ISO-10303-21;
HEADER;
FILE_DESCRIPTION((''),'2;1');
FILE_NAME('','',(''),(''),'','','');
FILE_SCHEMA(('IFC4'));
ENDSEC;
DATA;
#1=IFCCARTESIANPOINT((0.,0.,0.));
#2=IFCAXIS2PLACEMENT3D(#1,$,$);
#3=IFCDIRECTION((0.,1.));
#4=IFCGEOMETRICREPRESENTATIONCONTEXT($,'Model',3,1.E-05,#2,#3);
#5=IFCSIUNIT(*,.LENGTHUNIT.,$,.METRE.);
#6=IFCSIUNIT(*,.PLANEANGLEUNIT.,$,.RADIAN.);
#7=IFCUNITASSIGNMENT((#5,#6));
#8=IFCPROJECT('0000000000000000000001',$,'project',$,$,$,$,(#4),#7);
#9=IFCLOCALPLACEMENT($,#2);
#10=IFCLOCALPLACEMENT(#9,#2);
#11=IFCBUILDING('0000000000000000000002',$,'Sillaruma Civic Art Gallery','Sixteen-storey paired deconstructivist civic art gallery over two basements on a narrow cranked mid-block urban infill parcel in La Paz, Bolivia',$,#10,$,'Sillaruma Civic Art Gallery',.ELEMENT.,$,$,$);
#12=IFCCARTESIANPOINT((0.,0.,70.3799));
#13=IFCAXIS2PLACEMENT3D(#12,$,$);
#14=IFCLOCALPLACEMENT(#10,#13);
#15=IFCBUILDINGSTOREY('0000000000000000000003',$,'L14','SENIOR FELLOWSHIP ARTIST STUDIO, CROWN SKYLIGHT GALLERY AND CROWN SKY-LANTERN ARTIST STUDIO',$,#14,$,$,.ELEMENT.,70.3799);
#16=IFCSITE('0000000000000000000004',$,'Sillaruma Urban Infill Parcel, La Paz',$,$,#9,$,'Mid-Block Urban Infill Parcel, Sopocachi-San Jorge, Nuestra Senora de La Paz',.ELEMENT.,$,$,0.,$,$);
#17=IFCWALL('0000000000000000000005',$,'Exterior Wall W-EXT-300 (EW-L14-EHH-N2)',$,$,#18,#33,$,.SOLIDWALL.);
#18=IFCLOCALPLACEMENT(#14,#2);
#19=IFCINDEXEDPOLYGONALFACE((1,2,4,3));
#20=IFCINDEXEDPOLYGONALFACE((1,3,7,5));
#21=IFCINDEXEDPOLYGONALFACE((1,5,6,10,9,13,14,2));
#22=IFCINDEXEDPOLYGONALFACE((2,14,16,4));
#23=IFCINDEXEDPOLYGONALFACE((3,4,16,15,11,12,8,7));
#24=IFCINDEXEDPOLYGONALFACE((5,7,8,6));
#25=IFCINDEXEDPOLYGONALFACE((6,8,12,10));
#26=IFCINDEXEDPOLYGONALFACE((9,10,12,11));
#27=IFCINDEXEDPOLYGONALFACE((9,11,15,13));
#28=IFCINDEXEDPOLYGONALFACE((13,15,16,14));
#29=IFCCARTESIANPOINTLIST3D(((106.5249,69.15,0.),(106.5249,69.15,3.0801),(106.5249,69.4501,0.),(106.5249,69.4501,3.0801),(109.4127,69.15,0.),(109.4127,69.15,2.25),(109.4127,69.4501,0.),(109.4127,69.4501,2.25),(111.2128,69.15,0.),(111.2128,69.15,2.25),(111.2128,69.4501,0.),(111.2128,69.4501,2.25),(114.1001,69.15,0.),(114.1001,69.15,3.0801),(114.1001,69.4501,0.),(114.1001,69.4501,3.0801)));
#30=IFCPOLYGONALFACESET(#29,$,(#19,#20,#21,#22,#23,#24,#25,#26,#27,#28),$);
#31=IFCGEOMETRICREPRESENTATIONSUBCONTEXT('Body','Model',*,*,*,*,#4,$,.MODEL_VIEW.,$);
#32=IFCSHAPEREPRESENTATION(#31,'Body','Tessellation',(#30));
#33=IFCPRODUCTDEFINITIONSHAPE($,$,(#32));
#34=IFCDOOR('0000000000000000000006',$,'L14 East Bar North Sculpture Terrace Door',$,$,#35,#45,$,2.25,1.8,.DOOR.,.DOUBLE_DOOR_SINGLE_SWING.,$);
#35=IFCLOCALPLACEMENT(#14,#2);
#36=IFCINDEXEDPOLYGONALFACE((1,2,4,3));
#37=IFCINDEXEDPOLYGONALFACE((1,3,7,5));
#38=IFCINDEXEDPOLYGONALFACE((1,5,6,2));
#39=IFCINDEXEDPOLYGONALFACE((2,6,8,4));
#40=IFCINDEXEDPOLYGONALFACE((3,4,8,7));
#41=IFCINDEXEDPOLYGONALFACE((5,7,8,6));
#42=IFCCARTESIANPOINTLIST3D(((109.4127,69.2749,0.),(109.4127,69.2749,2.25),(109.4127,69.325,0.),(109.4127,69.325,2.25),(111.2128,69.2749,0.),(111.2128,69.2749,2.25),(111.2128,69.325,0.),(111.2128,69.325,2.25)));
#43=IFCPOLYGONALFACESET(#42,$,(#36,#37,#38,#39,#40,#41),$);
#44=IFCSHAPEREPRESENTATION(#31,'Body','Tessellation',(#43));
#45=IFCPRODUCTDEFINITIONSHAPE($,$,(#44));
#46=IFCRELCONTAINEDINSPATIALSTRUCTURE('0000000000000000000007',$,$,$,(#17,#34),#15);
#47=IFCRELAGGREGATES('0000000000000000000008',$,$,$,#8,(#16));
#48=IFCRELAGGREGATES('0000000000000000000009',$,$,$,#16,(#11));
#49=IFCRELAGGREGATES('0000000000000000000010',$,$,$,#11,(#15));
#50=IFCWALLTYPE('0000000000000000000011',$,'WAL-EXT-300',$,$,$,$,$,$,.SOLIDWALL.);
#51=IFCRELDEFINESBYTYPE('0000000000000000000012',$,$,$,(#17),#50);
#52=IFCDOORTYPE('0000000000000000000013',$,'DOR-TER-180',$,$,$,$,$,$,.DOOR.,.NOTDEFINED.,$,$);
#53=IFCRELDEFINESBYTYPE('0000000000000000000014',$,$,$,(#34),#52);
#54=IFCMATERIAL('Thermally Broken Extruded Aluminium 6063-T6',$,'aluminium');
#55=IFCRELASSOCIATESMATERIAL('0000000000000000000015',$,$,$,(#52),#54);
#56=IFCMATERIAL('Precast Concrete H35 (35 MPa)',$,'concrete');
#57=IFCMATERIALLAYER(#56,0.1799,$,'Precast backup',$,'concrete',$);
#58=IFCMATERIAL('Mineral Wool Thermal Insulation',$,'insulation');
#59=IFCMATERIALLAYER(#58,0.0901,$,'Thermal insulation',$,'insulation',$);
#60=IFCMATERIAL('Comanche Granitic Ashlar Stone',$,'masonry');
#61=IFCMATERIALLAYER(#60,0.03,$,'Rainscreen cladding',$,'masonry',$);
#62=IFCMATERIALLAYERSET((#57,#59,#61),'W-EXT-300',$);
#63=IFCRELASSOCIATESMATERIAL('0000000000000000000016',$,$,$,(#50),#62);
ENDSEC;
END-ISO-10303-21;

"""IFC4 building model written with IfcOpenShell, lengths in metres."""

from ifc_helpers import new_model, si_unit, direction, frame, frame_2d, origin, place, context, subcontext, project, spatial, rectangle, extrude, material, layer, layer_set, type_object, element, fill, save


model = new_model("IFC4")

# Units and contexts
model_context = context("Model", 3, precision=1e-05, world=origin(), true_north=direction((0.0, 1.0)))
body_context = subcontext(model_context, "Body", "Model", "MODEL_VIEW")
ifc_project = project(units=[si_unit("LENGTHUNIT", "METRE"), si_unit("PLANEANGLEUNIT", "RADIAN")], contexts=[model_context])

# Site, building, storey
site_placement = place(None, origin())
site = spatial("IfcSite", under=ifc_project, at=site_placement, Name="Sillaruma Urban Infill Parcel, La Paz", LongName="Mid-Block Urban Infill Parcel, Sopocachi-San Jorge, Nuestra Senora de La Paz", CompositionType="ELEMENT", RefElevation=0.0)
building_placement = place(site_placement, origin())
building = spatial("IfcBuilding", under=site, at=building_placement, Name="Sillaruma Civic Art Gallery", Description="Sixteen-storey paired deconstructivist civic art gallery over two basements on a narrow cranked mid-block urban infill parcel in La Paz, Bolivia", LongName="Sillaruma Civic Art Gallery", CompositionType="ELEMENT")
storey_placement = place(building_placement, frame((0.0, 0.0, 70.3799)))
storey = spatial("IfcBuildingStorey", under=building, at=storey_placement, Name="L14", Description="SENIOR FELLOWSHIP ARTIST STUDIO, CROWN SKYLIGHT GALLERY AND CROWN SKY-LANTERN ARTIST STUDIO", CompositionType="ELEMENT", Elevation=70.3799)

# Shared definitions
ifc_material_1 = material(Name="Thermally Broken Extruded Aluminium 6063-T6", Category="aluminium")

# Shared definitions
ifc_material_2 = material(Name="Mineral Wool Thermal Insulation", Category="insulation")
door_type = type_object("IfcDoorType", Name="DOR-TER-180", OperationType="NOTDEFINED", PredefinedType="DOOR", material=ifc_material_1)

# Shared definitions
ifc_material_3 = material(Name="Precast Concrete H35 (35 MPa)", Category="concrete")
ifc_layer_1 = layer(ifc_material_3, 0.1799, Name="Precast backup", Category="concrete")
ifc_layer_2 = layer(ifc_material_2, 0.0901, Name="Thermal insulation", Category="insulation")
ifc_material_4 = material(Name="Comanche Granitic Ashlar Stone", Category="masonry")
ifc_layer_3 = layer(ifc_material_4, 0.03, Name="Rainscreen cladding", Category="masonry")
ifc_layer_set_1 = layer_set([ifc_layer_1, ifc_layer_2, ifc_layer_3], Name="W-EXT-300")
wall_type_1 = type_object("IfcWallType", Name="WAL-EXT-300", PredefinedType="SOLIDWALL", material=ifc_layer_set_1)

# Wall, opening, door
wall_1_placement = place(storey_placement, frame((106.5249, 69.3, 0.0), z_axis=(0.0, 0.0, 1.0), x_axis=(1.0, 0.0, 0.0)))
wall_1 = element("IfcWall", 1, at=wall_1_placement, inside=storey, type_object=wall_type_1, Name="Exterior Wall W-EXT-300 (EW-L14-EHH-N2)", PredefinedType="SOLIDWALL", context=body_context, shape_type="SweptSolid", body=[
    extrude(rectangle(XDim=7.5752, YDim=0.3, at=frame_2d((3.7876, 0.0))), origin(), (0.0, 0.0, 1.0), 3.0801),
])
opening_1_placement = place(wall_1_placement, frame((2.8879, 0.0, 0.0)))
opening_1 = element("IfcOpeningElement", 2, at=opening_1_placement, cuts=wall_1, PredefinedType="OPENING", context=body_context, shape_type="SweptSolid", body=[
    extrude(rectangle(XDim=1.8, YDim=2.25, at=frame_2d((0.8999, 1.125))), frame((0.0, 0.1599, 0.0), z_axis=(0.0, -1.0, 0.0), x_axis=(1.0, 0.0, 0.0)), (0.0, 0.0, 1.0), 0.3201),
])
door_1_placement = place(opening_1_placement, origin())
door_1 = element("IfcDoor", 3, at=door_1_placement, inside=storey, type_object=door_type, Name="L14 East Bar North Sculpture Terrace Door", OperationType="DOUBLE_DOOR_SINGLE_SWING", OverallHeight=2.25, OverallWidth=1.8, PredefinedType="DOOR", context=body_context, shape_type="SweptSolid", body=[
    extrude(rectangle(XDim=1.8, YDim=2.25, at=frame_2d((0.8999, 1.125))), frame((0.0, 0.0249, 0.0), z_axis=(0.0, -1.0, 0.0), x_axis=(1.0, 0.0, 0.0)), (0.0, 0.0, 1.0), 0.05),
])
fill(opening_1, door_1)

save(model, "model.ifc")
